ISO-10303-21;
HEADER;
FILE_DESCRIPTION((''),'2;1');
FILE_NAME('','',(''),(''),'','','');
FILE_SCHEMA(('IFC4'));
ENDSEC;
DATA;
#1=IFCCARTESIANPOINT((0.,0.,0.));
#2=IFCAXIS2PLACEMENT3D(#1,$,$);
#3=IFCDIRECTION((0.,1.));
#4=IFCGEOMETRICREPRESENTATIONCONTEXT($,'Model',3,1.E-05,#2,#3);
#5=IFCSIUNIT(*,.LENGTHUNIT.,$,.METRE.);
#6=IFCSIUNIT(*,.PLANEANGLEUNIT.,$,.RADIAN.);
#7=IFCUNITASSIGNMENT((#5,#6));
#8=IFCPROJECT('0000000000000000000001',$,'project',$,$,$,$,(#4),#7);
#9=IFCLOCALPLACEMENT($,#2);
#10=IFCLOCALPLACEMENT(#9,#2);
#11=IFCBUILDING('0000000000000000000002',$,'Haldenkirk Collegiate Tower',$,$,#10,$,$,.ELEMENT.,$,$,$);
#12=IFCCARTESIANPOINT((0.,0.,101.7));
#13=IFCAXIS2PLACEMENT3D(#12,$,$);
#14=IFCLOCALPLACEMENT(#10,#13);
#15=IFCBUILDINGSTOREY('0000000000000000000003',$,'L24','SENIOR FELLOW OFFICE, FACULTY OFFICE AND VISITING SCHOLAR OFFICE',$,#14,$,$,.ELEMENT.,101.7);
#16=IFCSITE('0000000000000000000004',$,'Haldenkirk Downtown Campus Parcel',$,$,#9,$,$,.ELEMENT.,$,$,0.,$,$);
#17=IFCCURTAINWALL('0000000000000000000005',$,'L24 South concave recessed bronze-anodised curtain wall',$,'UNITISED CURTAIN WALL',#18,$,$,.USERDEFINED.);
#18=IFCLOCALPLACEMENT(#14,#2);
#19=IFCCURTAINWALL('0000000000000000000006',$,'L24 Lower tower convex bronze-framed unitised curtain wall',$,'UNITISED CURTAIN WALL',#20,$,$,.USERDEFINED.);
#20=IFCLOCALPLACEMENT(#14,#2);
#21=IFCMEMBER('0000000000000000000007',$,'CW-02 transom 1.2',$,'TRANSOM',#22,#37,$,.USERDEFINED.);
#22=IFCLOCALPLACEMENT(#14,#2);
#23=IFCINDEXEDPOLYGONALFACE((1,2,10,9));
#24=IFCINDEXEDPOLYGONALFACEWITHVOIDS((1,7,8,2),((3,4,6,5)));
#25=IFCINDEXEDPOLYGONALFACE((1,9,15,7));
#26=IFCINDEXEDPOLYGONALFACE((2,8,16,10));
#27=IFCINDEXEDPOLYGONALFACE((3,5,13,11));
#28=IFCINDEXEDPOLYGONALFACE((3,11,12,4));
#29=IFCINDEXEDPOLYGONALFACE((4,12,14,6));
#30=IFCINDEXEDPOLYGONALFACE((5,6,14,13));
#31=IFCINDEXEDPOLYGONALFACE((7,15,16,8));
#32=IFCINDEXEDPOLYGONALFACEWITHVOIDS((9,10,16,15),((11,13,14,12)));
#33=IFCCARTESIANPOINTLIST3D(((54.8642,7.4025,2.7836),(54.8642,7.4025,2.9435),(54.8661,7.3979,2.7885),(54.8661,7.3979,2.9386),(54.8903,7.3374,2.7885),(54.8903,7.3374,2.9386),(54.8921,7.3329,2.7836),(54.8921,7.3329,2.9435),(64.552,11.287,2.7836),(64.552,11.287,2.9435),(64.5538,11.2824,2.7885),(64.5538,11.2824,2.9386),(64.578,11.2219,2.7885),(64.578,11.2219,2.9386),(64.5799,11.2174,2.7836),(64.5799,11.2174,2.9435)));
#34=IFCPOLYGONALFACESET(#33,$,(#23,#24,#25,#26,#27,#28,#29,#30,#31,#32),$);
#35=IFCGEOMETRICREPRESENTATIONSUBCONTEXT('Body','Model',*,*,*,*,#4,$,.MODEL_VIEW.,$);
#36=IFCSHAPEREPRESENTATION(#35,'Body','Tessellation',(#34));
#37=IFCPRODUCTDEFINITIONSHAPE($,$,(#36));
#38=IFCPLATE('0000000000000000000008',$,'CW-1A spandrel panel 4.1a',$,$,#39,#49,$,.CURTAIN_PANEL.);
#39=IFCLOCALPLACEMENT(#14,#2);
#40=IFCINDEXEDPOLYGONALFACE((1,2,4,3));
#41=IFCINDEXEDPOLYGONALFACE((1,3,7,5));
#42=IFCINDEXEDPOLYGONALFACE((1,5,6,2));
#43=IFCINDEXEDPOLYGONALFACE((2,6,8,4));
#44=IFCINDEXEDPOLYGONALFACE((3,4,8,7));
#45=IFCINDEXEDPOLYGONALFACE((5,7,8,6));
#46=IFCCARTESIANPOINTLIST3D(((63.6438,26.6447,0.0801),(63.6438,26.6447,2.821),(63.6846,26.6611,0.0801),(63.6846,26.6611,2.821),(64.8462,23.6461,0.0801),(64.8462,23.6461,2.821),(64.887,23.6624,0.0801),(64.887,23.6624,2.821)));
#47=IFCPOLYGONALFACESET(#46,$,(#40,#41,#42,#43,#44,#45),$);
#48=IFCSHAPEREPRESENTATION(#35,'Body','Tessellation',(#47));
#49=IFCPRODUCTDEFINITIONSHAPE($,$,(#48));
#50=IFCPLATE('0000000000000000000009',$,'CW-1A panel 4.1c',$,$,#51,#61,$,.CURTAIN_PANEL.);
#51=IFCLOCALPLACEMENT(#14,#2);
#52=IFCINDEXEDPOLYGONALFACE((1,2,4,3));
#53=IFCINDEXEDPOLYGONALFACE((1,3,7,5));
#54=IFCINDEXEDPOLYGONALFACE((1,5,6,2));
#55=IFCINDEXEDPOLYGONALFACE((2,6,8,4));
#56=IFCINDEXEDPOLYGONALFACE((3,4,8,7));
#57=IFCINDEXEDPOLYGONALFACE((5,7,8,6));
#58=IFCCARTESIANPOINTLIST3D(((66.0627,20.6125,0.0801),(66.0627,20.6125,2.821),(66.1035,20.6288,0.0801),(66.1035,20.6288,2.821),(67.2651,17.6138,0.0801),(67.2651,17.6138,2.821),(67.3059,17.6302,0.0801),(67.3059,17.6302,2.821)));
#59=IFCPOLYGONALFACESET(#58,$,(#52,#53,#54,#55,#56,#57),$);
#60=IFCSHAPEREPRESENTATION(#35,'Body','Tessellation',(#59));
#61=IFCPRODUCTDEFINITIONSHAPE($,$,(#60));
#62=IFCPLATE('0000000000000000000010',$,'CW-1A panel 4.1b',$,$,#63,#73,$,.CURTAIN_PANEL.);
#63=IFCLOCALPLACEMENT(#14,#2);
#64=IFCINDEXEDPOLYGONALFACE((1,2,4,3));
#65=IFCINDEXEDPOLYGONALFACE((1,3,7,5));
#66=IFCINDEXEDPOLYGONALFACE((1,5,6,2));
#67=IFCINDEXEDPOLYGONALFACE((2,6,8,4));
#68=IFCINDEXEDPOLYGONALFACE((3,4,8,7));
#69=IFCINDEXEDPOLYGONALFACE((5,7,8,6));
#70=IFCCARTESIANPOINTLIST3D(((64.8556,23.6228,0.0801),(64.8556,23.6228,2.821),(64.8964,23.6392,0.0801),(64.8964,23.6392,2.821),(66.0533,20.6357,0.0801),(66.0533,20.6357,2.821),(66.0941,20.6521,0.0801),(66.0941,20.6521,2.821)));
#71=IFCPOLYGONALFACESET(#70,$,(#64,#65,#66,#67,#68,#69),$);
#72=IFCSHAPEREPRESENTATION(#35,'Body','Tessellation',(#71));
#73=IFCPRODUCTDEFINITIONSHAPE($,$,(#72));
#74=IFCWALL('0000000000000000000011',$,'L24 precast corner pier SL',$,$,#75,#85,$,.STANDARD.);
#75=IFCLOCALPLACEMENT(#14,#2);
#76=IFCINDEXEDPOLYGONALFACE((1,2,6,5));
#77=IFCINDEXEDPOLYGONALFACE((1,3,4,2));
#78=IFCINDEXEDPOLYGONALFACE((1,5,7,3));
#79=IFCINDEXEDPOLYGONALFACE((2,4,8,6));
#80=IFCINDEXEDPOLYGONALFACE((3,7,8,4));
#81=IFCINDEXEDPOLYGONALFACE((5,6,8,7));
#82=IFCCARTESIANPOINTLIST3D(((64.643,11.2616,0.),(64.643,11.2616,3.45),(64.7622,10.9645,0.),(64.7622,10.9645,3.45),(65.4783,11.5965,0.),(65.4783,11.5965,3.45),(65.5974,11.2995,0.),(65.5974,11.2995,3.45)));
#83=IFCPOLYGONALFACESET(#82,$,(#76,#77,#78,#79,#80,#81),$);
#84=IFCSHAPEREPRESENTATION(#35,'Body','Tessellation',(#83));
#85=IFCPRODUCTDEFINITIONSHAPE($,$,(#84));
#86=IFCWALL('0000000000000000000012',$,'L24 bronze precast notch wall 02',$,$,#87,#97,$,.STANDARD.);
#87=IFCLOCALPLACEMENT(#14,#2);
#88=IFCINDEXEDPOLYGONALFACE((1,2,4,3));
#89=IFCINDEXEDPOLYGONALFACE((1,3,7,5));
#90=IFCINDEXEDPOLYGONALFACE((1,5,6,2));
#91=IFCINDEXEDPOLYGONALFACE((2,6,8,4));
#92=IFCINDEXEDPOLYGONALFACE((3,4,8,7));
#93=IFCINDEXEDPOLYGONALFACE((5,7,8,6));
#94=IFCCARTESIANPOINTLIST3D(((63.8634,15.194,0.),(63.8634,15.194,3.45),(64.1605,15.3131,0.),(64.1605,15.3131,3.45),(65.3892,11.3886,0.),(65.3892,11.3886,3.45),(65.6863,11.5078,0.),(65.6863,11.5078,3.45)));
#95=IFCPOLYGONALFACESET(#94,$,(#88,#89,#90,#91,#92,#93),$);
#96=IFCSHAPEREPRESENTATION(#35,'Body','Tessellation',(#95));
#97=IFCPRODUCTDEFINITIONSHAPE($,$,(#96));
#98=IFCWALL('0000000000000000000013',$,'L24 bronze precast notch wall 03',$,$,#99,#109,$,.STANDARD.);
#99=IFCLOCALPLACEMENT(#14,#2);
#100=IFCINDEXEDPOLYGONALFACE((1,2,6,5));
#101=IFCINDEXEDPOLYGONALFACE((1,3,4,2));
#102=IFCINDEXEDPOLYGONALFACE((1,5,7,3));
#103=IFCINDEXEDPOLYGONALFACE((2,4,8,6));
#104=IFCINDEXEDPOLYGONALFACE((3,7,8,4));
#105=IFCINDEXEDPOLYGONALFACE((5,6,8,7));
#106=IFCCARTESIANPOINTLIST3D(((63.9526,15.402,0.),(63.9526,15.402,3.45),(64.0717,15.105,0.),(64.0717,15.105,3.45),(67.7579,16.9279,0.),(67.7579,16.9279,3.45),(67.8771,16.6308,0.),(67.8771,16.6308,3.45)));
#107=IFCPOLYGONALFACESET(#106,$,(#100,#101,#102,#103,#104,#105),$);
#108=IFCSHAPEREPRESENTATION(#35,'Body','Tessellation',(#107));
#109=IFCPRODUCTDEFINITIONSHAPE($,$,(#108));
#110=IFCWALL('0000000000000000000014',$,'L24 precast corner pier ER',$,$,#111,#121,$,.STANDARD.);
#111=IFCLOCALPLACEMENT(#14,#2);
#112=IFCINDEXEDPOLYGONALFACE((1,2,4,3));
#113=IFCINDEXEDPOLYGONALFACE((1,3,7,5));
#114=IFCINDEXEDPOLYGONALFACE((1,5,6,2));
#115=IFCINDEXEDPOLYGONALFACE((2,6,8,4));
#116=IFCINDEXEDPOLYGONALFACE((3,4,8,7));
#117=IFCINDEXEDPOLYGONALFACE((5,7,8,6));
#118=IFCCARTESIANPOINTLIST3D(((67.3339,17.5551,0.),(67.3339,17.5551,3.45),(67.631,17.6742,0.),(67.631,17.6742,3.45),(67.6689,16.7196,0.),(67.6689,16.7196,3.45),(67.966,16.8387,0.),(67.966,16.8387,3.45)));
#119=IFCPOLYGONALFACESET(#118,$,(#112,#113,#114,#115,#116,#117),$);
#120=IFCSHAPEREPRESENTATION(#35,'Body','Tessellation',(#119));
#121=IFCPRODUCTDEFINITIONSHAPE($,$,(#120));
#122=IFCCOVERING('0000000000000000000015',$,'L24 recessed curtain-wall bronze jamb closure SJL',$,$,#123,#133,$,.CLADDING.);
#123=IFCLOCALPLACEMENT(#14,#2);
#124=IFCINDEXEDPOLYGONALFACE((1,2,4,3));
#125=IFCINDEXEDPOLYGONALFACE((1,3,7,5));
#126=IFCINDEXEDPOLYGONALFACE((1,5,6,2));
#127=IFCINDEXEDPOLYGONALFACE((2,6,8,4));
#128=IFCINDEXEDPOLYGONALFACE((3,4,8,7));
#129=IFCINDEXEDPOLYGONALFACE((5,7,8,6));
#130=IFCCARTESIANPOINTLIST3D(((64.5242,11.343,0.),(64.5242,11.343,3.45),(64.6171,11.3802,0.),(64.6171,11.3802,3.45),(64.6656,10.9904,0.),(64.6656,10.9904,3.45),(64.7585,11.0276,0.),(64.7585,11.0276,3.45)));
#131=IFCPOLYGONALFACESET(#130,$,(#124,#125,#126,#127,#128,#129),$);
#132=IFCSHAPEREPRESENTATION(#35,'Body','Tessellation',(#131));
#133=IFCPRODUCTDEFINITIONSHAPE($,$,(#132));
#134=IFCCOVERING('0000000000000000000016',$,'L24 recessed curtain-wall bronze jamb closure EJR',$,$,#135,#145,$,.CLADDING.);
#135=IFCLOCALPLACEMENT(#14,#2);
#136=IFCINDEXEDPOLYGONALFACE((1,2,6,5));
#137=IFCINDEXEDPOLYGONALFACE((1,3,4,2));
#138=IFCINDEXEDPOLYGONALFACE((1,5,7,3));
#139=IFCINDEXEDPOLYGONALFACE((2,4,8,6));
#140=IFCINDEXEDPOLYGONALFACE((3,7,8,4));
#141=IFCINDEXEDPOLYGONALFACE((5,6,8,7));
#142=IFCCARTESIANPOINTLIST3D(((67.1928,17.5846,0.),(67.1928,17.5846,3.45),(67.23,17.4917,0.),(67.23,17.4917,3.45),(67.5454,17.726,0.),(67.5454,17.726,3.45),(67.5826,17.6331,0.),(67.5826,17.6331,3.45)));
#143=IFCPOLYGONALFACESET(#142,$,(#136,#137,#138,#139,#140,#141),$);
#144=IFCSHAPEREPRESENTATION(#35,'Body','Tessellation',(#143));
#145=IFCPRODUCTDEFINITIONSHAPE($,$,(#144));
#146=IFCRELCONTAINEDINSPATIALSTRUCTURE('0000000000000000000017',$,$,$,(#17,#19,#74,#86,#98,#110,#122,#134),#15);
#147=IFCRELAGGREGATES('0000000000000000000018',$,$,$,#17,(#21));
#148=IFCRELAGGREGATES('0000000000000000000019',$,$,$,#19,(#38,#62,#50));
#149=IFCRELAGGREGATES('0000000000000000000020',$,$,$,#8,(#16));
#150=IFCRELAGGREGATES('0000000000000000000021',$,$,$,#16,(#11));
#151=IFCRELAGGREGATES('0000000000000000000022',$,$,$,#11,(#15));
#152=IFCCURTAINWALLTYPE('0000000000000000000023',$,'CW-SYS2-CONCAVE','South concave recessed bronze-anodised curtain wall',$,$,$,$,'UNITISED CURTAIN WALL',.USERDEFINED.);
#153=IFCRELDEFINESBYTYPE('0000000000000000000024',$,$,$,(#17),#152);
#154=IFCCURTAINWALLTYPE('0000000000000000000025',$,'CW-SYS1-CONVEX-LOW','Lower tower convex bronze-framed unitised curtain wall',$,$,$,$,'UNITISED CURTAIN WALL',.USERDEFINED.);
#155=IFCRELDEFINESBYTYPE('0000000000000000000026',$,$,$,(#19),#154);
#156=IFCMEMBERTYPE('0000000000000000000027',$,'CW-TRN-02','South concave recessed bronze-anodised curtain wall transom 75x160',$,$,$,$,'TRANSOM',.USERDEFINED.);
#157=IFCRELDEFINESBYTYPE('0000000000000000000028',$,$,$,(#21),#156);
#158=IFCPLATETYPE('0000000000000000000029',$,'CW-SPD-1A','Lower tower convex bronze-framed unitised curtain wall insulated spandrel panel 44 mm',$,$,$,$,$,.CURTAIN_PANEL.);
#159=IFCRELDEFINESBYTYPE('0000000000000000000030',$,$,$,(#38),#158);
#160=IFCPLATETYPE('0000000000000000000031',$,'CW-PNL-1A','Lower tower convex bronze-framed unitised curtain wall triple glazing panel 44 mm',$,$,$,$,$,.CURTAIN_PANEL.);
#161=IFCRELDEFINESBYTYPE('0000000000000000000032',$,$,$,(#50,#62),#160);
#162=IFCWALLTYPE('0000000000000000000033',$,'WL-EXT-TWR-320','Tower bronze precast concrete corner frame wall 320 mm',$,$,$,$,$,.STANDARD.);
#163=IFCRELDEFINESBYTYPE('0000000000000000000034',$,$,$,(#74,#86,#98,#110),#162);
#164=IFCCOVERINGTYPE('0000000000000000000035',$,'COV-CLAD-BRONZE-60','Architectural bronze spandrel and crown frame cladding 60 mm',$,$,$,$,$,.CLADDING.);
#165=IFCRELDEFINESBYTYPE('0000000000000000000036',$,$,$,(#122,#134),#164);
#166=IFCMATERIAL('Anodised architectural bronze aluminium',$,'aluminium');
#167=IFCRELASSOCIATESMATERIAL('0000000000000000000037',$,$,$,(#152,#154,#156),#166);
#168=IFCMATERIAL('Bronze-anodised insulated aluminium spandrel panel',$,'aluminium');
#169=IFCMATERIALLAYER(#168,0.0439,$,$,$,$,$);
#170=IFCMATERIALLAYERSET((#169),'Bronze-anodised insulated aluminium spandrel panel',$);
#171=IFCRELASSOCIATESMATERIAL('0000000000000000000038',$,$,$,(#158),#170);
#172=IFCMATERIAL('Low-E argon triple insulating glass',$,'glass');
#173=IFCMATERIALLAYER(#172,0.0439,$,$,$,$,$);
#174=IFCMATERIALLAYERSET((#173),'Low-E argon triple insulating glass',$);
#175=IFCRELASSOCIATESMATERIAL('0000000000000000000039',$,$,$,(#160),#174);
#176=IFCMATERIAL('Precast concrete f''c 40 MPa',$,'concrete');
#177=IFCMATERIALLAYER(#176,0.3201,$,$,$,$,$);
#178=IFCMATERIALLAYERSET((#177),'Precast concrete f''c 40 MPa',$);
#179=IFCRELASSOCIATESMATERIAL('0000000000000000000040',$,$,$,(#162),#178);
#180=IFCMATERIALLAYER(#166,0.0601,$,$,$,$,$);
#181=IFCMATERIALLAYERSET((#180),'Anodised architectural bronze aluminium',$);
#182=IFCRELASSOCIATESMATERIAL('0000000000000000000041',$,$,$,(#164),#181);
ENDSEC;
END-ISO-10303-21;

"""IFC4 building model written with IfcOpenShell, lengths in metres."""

from ifc_helpers import new_model, si_unit, direction, frame, frame_2d, origin, origin_2d, place, context, subcontext, project, spatial, rectangle, hollow_rectangle, extrude, source, transform, mapped, material, layer, layer_set, material_profile, profile_set, type_object, element, aggregate, save


model = new_model("IFC4")

# Units and contexts
model_context = context("Model", 3, precision=1e-05, world=origin(), true_north=direction((0.0, 1.0)))
body_context = subcontext(model_context, "Body", "Model", "MODEL_VIEW")
ifc_project = project(units=[si_unit("LENGTHUNIT", "METRE"), si_unit("PLANEANGLEUNIT", "RADIAN")], contexts=[model_context])

# Site, building, storey
site_placement = place(None, origin())
site = spatial("IfcSite", under=ifc_project, at=site_placement, Name="Haldenkirk Downtown Campus Parcel", CompositionType="ELEMENT", RefElevation=0.0)
building_placement = place(site_placement, origin())
building = spatial("IfcBuilding", under=site, at=building_placement, Name="Haldenkirk Collegiate Tower", CompositionType="ELEMENT")
storey_placement = place(building_placement, frame((0.0, 0.0, 101.7)))
storey = spatial("IfcBuildingStorey", under=building, at=storey_placement, Name="L24", Description="SENIOR FELLOW OFFICE, FACULTY OFFICE AND VISITING SCHOLAR OFFICE", CompositionType="ELEMENT", Elevation=101.7)

# Curtain walls
ifc_material_1 = material(Name="Anodised architectural bronze aluminium", Category="aluminium")
curtain_wall_type_1 = type_object("IfcCurtainWallType", Name="CW-SYS2-CONCAVE", Description="South concave recessed bronze-anodised curtain wall", ElementType="UNITISED CURTAIN WALL", PredefinedType="USERDEFINED", material=ifc_material_1)
curtain_wall_1_placement = place(storey_placement, origin())
curtain_wall_1 = element("IfcCurtainWall", 1, at=curtain_wall_1_placement, inside=storey, type_object=curtain_wall_type_1, Name="L24 South concave recessed bronze-anodised curtain wall", ObjectType="UNITISED CURTAIN WALL", PredefinedType="USERDEFINED")
curtain_wall_type_2 = type_object("IfcCurtainWallType", Name="CW-SYS1-CONVEX-LOW", Description="Lower tower convex bronze-framed unitised curtain wall", ElementType="UNITISED CURTAIN WALL", PredefinedType="USERDEFINED", material=ifc_material_1)
curtain_wall_2_placement = place(storey_placement, origin())
curtain_wall_2 = element("IfcCurtainWall", 2, at=curtain_wall_2_placement, inside=storey, type_object=curtain_wall_type_2, Name="L24 Lower tower convex bronze-framed unitised curtain wall", ObjectType="UNITISED CURTAIN WALL", PredefinedType="USERDEFINED")

# Member
ifc_material_profile_1 = material_profile(ifc_material_1, hollow_rectangle(XDim=0.075, YDim=0.1599, WallThickness=0.0049, at=origin_2d()), Name="CW-TRN-02")
ifc_profile_set_1 = profile_set([ifc_material_profile_1], Name="Anodised architectural bronze aluminium")
member_type_1 = type_object("IfcMemberType", Name="CW-TRN-02", Description="South concave recessed bronze-anodised curtain wall transom 75x160", ElementType="TRANSOM", PredefinedType="USERDEFINED", material=ifc_profile_set_1)
member_1_placement = place(storey_placement, frame((64.5659, 11.2522, 2.8635), z_axis=(-0.928165, -0.372169, 0.0), x_axis=(0.372169, -0.928165, 0.0)))
member_1 = element("IfcMember", 3, at=member_1_placement, type_object=member_type_1, Name="CW-02 transom 1.2", ObjectType="TRANSOM", PredefinedType="USERDEFINED", context=body_context, shape_type="SweptSolid", body=[
    extrude(hollow_rectangle(XDim=0.075, YDim=0.1599, WallThickness=0.0049, at=origin_2d()), origin(), (0.0, 0.0, 1.0), 10.4375),
])
aggregate(curtain_wall_1, [member_1])

# Plates
ifc_material_2 = material(Name="Bronze-anodised insulated aluminium spandrel panel", Category="aluminium")
ifc_layer_1 = layer(ifc_material_2, 0.0439)
ifc_layer_set_1 = layer_set([ifc_layer_1], Name="Bronze-anodised insulated aluminium spandrel panel")
plate_type_1 = type_object("IfcPlateType", Name="CW-SPD-1A", Description="Lower tower convex bronze-framed unitised curtain wall insulated spandrel panel 44 mm", PredefinedType="CURTAIN_PANEL", material=ifc_layer_set_1)
shared_shape_1 = source(origin(), body_context, "Body", "SweptSolid", [
    extrude(rectangle(XDim=3.2307, YDim=0.0439, at=origin_2d()), origin(), (0.0, 0.0, 1.0), 2.741),
])
plate_1_placement = place(storey_placement, frame((64.2654, 25.1536, 0.0801), z_axis=(0.0, 0.0, 1.0), x_axis=(0.372175, -0.928163, 0.0)))
plate_1 = element("IfcPlate", 4, at=plate_1_placement, type_object=plate_type_1, Name="CW-1A spandrel panel 4.1a", PredefinedType="CURTAIN_PANEL", context=body_context, shape_type="MappedRepresentation", body=[
    mapped(shared_shape_1, transform((0.0, 0.0, 0.0), x_axis=(1.0, 0.0, 0.0), y_axis=(0.0, 1.0, 0.0), z_axis=(0.0, 0.0, 1.0), scale=1.0)),
])
ifc_material_3 = material(Name="Low-E argon triple insulating glass", Category="glass")
ifc_layer_2 = layer(ifc_material_3, 0.0439)
ifc_layer_set_2 = layer_set([ifc_layer_2], Name="Low-E argon triple insulating glass")
plate_type_2 = type_object("IfcPlateType", Name="CW-PNL-1A", Description="Lower tower convex bronze-framed unitised curtain wall triple glazing panel 44 mm", PredefinedType="CURTAIN_PANEL", material=ifc_layer_set_2)
plate_2_placement = place(storey_placement, frame((66.6843, 19.1213, 0.0801), z_axis=(0.0, 0.0, 1.0), x_axis=(0.372175, -0.928163, 0.0)))
plate_2 = element("IfcPlate", 5, at=plate_2_placement, type_object=plate_type_2, Name="CW-1A panel 4.1c", PredefinedType="CURTAIN_PANEL", context=body_context, shape_type="MappedRepresentation", body=[
    mapped(shared_shape_1, transform((0.0, 0.0, 0.0), x_axis=(1.0, 0.0, 0.0), y_axis=(0.0, 1.0, 0.0), z_axis=(0.0, 0.0, 1.0), scale=1.0)),
])
shared_shape_2 = source(origin(), body_context, "Body", "SweptSolid", [
    extrude(rectangle(XDim=3.2183, YDim=0.0439, at=origin_2d()), origin(), (0.0, 0.0, 1.0), 2.741),
])
plate_3_placement = place(storey_placement, frame((65.4749, 22.1375, 0.0801), z_axis=(0.0, 0.0, 1.0), x_axis=(0.372175, -0.928163, 0.0)))
plate_3 = element("IfcPlate", 6, at=plate_3_placement, type_object=plate_type_2, Name="CW-1A panel 4.1b", PredefinedType="CURTAIN_PANEL", context=body_context, shape_type="MappedRepresentation", body=[
    mapped(shared_shape_2, transform((0.0, 0.0, 0.0), x_axis=(1.0, 0.0, 0.0), y_axis=(0.0, 1.0, 0.0), z_axis=(0.0, 0.0, 1.0), scale=1.0)),
])
aggregate(curtain_wall_2, [plate_1, plate_3, plate_2])

# Walls
ifc_material_4 = material(Name="Precast concrete f'c 40 MPa", Category="concrete")
ifc_layer_3 = layer(ifc_material_4, 0.3201)
ifc_layer_set_3 = layer_set([ifc_layer_3], Name="Precast concrete f'c 40 MPa")
wall_type = type_object("IfcWallType", Name="WL-EXT-TWR-320", Description="Tower bronze precast concrete corner frame wall 320 mm", PredefinedType="STANDARD", material=ifc_layer_set_3)
wall_1_placement = place(storey_placement, frame((65.5378, 11.448, 0.0), z_axis=(0.0, 0.0, 1.0), x_axis=(-0.92814, -0.372233, 0.0)))
element("IfcWall", 7, at=wall_1_placement, inside=storey, type_object=wall_type, Name="L24 precast corner pier SL", PredefinedType="STANDARD", context=body_context, shape_type="SweptSolid", body=[
    extrude(rectangle(XDim=0.8999, YDim=0.3201, at=frame_2d((0.45, 0.0))), origin(), (0.0, 0.0, 1.0), 3.45),
])
for number, where, z_axis, x_axis, name in (
    (8, (64.012, 15.2534, 0.0), (0.0, 0.0, 1.0), (0.372171, -0.928164, 0.0), "L24 bronze precast notch wall 02"),
    (9, (67.8174, 16.7793, 0.0), (0.0, 0.0, 1.0), (-0.928164, -0.372171, 0.0), "L24 bronze precast notch wall 03"),
):
    element("IfcWall", number, at=place(storey_placement, frame(where, z_axis=z_axis, x_axis=x_axis)), inside=storey, type_object=wall_type, Name=name, PredefinedType="STANDARD", context=body_context, shape_type="SweptSolid", body=[
        extrude(rectangle(XDim=4.0999, YDim=0.3201, at=frame_2d((2.0498, 0.0))), origin(), (0.0, 0.0, 1.0), 3.45),
    ])
wall_2_placement = place(storey_placement, frame((67.4824, 17.6147, 0.0), z_axis=(0.0, 0.0, 1.0), x_axis=(0.372139, -0.928177, 0.0)))
element("IfcWall", 10, at=wall_2_placement, inside=storey, type_object=wall_type, Name="L24 precast corner pier ER", PredefinedType="STANDARD", context=body_context, shape_type="SweptSolid", body=[
    extrude(rectangle(XDim=0.9001, YDim=0.3201, at=frame_2d((0.4502, 0.0))), origin(), (0.0, 0.0, 1.0), 3.45),
])

# Coverings
ifc_layer_4 = layer(ifc_material_1, 0.0601)
ifc_layer_set_4 = layer_set([ifc_layer_4], Name="Anodised architectural bronze aluminium")
covering_type = type_object("IfcCoveringType", Name="COV-CLAD-BRONZE-60", Description="Architectural bronze spandrel and crown frame cladding 60 mm", PredefinedType="CLADDING", material=ifc_layer_set_4)
shared_shape_3 = source(origin(), body_context, "Body", "SweptSolid", [
    extrude(rectangle(XDim=0.1001, YDim=0.3799, at=origin_2d()), origin(), (0.0, 0.0, 1.0), 3.45),
])
for number, where, z_axis, x_axis, name in (
    (11, (64.6414, 11.1853, 0.0), (0.0, 0.0, 1.0), (-0.928161, -0.372178, 0.0), "L24 recessed curtain-wall bronze jamb closure SJL"),
    (12, (67.3877, 17.6089, 0.0), (0.0, 0.0, 1.0), (0.372178, -0.928161, 0.0), "L24 recessed curtain-wall bronze jamb closure EJR"),
):
    element("IfcCovering", number, at=place(storey_placement, frame(where, z_axis=z_axis, x_axis=x_axis)), inside=storey, type_object=covering_type, Name=name, PredefinedType="CLADDING", context=body_context, shape_type="MappedRepresentation", body=[
        mapped(shared_shape_3, transform((0.0, 0.0, 0.0), x_axis=(1.0, 0.0, 0.0), y_axis=(0.0, 1.0, 0.0), z_axis=(0.0, 0.0, 1.0), scale=1.0)),
    ])

save(model, "model.ifc")
